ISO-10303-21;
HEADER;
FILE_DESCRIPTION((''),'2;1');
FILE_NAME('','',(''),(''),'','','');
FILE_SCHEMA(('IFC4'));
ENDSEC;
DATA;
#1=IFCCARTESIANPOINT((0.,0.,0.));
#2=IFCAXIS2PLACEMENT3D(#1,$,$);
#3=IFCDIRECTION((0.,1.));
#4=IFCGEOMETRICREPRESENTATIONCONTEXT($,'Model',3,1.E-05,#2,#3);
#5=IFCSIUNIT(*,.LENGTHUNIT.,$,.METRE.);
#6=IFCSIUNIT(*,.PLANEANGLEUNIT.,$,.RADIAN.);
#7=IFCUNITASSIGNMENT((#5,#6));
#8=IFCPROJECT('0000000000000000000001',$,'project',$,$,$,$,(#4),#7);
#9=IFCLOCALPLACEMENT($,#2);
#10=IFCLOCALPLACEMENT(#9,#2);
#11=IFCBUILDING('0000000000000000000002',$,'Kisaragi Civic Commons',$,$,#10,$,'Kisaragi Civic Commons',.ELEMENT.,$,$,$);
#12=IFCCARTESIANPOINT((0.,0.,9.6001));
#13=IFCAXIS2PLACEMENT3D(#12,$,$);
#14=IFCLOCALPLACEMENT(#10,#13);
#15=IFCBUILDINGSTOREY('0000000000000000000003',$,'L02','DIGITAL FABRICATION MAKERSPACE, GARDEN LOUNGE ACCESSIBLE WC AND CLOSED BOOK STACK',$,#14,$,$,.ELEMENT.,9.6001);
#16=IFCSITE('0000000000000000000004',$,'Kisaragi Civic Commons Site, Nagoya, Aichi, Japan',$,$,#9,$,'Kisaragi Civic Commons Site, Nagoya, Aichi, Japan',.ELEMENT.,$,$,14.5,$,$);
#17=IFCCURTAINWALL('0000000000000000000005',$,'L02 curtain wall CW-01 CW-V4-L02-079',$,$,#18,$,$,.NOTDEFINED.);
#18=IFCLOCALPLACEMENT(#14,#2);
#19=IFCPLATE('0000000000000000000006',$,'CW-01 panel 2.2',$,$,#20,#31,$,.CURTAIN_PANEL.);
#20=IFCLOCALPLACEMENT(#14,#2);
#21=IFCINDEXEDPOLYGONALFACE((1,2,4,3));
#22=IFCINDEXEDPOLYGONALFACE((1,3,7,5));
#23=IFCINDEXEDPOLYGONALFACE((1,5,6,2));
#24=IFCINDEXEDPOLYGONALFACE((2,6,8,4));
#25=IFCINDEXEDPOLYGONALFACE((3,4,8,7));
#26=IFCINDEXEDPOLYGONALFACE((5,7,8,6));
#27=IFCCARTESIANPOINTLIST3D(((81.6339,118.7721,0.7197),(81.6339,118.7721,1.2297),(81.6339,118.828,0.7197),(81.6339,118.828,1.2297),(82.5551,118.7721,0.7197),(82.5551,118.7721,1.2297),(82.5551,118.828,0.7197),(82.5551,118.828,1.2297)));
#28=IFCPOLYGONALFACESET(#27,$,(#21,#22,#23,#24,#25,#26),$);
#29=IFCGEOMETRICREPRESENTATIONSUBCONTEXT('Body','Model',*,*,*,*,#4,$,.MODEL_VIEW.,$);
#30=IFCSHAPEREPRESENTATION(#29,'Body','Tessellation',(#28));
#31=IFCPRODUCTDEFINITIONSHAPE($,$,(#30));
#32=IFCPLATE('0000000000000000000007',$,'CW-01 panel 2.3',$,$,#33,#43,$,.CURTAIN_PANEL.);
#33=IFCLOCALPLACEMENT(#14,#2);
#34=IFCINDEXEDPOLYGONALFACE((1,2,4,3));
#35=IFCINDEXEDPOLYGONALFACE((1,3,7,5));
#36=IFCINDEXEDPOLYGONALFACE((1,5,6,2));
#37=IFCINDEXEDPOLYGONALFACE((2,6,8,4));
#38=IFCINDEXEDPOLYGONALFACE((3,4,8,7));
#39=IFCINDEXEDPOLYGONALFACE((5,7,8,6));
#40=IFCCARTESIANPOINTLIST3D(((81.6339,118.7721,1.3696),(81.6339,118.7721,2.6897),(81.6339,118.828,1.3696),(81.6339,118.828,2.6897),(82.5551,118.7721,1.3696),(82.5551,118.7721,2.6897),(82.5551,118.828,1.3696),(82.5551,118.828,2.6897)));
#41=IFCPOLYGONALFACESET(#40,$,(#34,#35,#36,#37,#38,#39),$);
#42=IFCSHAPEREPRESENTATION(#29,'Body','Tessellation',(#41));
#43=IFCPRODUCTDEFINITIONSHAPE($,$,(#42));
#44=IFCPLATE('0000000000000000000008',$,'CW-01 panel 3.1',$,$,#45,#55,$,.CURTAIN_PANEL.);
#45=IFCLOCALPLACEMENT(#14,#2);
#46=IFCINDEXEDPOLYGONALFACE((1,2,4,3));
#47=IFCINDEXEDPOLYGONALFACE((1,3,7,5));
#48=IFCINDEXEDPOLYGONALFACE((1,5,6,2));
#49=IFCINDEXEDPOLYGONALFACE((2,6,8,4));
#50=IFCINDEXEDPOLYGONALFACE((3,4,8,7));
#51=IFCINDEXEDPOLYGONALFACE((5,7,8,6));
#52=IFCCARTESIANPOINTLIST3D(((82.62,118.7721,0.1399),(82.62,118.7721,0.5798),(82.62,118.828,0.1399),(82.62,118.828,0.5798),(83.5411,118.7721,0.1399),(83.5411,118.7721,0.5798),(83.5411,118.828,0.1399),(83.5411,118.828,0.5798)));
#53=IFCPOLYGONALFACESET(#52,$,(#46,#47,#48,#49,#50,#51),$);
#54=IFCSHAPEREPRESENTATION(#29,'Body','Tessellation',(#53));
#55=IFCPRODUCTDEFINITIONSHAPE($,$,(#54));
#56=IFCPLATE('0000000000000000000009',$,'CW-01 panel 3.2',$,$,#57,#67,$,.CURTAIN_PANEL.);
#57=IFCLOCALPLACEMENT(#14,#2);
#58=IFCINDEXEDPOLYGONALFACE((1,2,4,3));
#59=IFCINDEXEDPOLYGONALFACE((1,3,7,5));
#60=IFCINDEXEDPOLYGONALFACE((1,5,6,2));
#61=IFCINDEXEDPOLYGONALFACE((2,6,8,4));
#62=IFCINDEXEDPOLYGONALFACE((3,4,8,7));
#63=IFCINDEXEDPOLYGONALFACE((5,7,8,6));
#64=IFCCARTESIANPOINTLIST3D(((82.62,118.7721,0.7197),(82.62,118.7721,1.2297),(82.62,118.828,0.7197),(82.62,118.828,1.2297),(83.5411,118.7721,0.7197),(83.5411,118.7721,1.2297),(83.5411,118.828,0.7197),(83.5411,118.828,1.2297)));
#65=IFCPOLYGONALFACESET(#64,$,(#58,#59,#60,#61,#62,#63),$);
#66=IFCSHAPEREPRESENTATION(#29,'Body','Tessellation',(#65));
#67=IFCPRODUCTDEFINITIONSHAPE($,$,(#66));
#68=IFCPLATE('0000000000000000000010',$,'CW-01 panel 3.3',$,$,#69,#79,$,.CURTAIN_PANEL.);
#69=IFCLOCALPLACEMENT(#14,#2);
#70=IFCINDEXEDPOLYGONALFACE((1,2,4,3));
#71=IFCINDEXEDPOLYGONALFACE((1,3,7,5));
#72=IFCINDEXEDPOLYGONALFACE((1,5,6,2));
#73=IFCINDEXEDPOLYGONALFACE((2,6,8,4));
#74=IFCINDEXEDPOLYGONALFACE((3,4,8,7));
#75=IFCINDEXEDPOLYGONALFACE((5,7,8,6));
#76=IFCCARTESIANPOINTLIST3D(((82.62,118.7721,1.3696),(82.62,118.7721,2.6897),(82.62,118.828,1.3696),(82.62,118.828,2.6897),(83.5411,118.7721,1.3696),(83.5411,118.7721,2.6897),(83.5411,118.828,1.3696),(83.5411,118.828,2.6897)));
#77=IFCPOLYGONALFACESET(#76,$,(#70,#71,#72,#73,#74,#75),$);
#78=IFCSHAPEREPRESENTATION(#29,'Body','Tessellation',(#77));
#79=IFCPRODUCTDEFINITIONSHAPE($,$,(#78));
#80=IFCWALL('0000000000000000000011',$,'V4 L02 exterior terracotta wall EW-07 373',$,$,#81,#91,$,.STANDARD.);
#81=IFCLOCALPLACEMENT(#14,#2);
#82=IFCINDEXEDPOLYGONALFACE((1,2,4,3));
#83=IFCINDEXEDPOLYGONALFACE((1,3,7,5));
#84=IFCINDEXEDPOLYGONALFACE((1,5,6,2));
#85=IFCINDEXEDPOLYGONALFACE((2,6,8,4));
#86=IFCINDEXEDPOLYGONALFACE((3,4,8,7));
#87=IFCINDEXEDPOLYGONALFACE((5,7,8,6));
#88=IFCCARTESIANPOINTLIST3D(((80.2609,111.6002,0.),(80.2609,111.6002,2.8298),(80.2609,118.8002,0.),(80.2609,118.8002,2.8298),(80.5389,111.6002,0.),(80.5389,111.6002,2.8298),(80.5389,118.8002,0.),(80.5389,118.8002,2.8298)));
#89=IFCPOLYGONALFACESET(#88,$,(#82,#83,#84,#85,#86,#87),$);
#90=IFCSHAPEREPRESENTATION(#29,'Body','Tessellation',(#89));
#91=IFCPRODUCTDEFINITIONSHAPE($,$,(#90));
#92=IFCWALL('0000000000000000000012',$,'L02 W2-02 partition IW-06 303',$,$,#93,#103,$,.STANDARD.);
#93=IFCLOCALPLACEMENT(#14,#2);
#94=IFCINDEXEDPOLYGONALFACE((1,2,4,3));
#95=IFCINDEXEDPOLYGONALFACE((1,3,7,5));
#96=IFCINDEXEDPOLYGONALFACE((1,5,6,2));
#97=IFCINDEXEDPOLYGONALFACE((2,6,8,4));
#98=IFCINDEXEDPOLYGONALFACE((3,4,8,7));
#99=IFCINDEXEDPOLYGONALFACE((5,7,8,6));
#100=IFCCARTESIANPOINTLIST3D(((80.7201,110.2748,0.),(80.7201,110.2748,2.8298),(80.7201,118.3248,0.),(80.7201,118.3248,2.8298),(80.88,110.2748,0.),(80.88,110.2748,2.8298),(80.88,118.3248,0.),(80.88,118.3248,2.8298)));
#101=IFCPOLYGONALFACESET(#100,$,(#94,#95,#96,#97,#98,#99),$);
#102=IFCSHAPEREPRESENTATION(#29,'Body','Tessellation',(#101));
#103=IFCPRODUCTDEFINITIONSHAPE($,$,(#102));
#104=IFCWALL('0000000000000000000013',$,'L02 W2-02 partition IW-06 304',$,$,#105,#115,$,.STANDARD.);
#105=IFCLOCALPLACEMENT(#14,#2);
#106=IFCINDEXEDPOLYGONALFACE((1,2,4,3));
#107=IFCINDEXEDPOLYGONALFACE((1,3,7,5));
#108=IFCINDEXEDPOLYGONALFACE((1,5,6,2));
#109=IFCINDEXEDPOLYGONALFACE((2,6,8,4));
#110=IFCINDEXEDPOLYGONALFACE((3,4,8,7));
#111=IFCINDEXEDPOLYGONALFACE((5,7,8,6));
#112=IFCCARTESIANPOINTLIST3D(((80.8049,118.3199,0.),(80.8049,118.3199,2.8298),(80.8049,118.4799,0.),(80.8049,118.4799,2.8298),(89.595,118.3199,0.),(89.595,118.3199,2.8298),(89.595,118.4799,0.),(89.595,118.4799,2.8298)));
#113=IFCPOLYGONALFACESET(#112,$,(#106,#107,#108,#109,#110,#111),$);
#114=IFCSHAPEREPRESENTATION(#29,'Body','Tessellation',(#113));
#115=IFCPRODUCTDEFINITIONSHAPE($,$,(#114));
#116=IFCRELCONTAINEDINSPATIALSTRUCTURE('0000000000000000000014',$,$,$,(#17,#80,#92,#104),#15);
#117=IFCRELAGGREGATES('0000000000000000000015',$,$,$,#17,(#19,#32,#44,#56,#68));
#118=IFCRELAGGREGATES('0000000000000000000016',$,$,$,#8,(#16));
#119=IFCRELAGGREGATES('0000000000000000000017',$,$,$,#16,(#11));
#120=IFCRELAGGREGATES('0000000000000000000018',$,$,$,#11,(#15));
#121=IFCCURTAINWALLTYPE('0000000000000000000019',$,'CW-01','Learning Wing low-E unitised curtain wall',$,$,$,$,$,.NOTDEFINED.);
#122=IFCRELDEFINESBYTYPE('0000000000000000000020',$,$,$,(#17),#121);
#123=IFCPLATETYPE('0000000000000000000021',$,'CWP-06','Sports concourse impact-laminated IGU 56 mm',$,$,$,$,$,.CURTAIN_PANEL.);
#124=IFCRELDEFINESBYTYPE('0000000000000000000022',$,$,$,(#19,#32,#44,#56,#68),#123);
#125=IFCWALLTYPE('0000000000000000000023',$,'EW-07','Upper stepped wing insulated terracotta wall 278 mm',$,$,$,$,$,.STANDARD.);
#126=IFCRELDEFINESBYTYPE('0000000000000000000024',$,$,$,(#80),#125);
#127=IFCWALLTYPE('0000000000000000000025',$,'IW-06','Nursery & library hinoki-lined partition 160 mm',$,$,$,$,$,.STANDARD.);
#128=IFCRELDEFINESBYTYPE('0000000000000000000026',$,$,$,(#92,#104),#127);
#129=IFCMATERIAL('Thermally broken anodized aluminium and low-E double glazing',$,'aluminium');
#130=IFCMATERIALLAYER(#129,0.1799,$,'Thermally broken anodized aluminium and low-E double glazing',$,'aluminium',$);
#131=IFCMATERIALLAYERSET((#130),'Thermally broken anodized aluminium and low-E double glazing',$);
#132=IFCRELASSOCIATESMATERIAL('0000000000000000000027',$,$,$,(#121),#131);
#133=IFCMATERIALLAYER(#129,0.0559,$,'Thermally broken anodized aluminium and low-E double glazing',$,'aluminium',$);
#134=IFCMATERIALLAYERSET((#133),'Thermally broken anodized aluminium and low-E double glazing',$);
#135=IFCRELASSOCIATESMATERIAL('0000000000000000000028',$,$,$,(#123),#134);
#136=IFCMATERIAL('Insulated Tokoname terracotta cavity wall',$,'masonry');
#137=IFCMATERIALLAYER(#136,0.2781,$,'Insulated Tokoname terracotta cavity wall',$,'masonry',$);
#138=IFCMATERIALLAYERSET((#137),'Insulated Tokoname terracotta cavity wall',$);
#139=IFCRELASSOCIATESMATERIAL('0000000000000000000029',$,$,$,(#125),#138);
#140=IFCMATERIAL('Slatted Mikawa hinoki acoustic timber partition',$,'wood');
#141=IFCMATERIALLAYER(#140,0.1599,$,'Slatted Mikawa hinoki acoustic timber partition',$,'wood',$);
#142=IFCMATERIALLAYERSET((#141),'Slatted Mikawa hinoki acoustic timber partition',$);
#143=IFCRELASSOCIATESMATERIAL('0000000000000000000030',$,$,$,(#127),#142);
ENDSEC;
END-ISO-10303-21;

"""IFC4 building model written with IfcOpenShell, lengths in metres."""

from ifc_helpers import new_model, si_unit, direction, frame, frame_2d, origin, origin_2d, place, context, subcontext, project, spatial, rectangle, extrude, material, layer, layer_set, type_object, element, aggregate, save


model = new_model("IFC4")

# Units and contexts
model_context = context("Model", 3, precision=1e-05, world=origin(), true_north=direction((0.0, 1.0)))
body_context = subcontext(model_context, "Body", "Model", "MODEL_VIEW")
ifc_project = project(units=[si_unit("LENGTHUNIT", "METRE"), si_unit("PLANEANGLEUNIT", "RADIAN")], contexts=[model_context])

# Site, building, storey
site_placement = place(None, origin())
site = spatial("IfcSite", under=ifc_project, at=site_placement, Name="Kisaragi Civic Commons Site, Nagoya, Aichi, Japan", LongName="Kisaragi Civic Commons Site, Nagoya, Aichi, Japan", CompositionType="ELEMENT", RefElevation=14.5)
building_placement = place(site_placement, origin())
building = spatial("IfcBuilding", under=site, at=building_placement, Name="Kisaragi Civic Commons", LongName="Kisaragi Civic Commons", CompositionType="ELEMENT")
storey_placement = place(building_placement, frame((0.0, 0.0, 9.6001)))
storey = spatial("IfcBuildingStorey", under=building, at=storey_placement, Name="L02", Description="DIGITAL FABRICATION MAKERSPACE, GARDEN LOUNGE ACCESSIBLE WC AND CLOSED BOOK STACK", CompositionType="ELEMENT", Elevation=9.6001)

# Curtain wall, plates
ifc_material_1 = material(Name="Thermally broken anodized aluminium and low-E double glazing", Category="aluminium")
ifc_layer_1 = layer(ifc_material_1, 0.1799, Name="Thermally broken anodized aluminium and low-E double glazing", Category="aluminium")
ifc_layer_set_1 = layer_set([ifc_layer_1], Name="Thermally broken anodized aluminium and low-E double glazing")
curtain_wall_type = type_object("IfcCurtainWallType", Name="CW-01", Description="Learning Wing low-E unitised curtain wall", PredefinedType="NOTDEFINED", material=ifc_layer_set_1)
curtain_wall_placement = place(storey_placement, origin())
curtain_wall = element("IfcCurtainWall", 1, at=curtain_wall_placement, inside=storey, type_object=curtain_wall_type, Name="L02 curtain wall CW-01 CW-V4-L02-079", PredefinedType="NOTDEFINED")
ifc_layer_2 = layer(ifc_material_1, 0.0559, Name="Thermally broken anodized aluminium and low-E double glazing", Category="aluminium")
ifc_layer_set_2 = layer_set([ifc_layer_2], Name="Thermally broken anodized aluminium and low-E double glazing")
plate_type = type_object("IfcPlateType", Name="CWP-06", Description="Sports concourse impact-laminated IGU 56 mm", PredefinedType="CURTAIN_PANEL", material=ifc_layer_set_2)
plate_1_placement = place(storey_placement, frame((82.0945, 118.8, 0.7197), z_axis=(0.0, 0.0, 1.0), x_axis=(1.0, 0.0, 0.0)))
plate_1 = element("IfcPlate", 2, at=plate_1_placement, type_object=plate_type, Name="CW-01 panel 2.2", PredefinedType="CURTAIN_PANEL", context=body_context, shape_type="SweptSolid", body=[
    extrude(rectangle(XDim=0.9211, YDim=0.0559, at=origin_2d()), origin(), (0.0, 0.0, 1.0), 0.51),
])
plate_2_placement = place(storey_placement, frame((82.0945, 118.8, 1.3696), z_axis=(0.0, 0.0, 1.0), x_axis=(1.0, 0.0, 0.0)))
plate_2 = element("IfcPlate", 3, at=plate_2_placement, type_object=plate_type, Name="CW-01 panel 2.3", PredefinedType="CURTAIN_PANEL", context=body_context, shape_type="SweptSolid", body=[
    extrude(rectangle(XDim=0.9211, YDim=0.0559, at=origin_2d()), origin(), (0.0, 0.0, 1.0), 1.3201),
])
plate_3_placement = place(storey_placement, frame((83.0806, 118.8, 0.1399), z_axis=(0.0, 0.0, 1.0), x_axis=(1.0, 0.0, 0.0)))
plate_3 = element("IfcPlate", 4, at=plate_3_placement, type_object=plate_type, Name="CW-01 panel 3.1", PredefinedType="CURTAIN_PANEL", context=body_context, shape_type="SweptSolid", body=[
    extrude(rectangle(XDim=0.9211, YDim=0.0559, at=origin_2d()), origin(), (0.0, 0.0, 1.0), 0.4399),
])
plate_4_placement = place(storey_placement, frame((83.0806, 118.8, 0.7197), z_axis=(0.0, 0.0, 1.0), x_axis=(1.0, 0.0, 0.0)))
plate_4 = element("IfcPlate", 5, at=plate_4_placement, type_object=plate_type, Name="CW-01 panel 3.2", PredefinedType="CURTAIN_PANEL", context=body_context, shape_type="SweptSolid", body=[
    extrude(rectangle(XDim=0.9211, YDim=0.0559, at=origin_2d()), origin(), (0.0, 0.0, 1.0), 0.51),
])
plate_5_placement = place(storey_placement, frame((83.0806, 118.8, 1.3696), z_axis=(0.0, 0.0, 1.0), x_axis=(1.0, 0.0, 0.0)))
plate_5 = element("IfcPlate", 6, at=plate_5_placement, type_object=plate_type, Name="CW-01 panel 3.3", PredefinedType="CURTAIN_PANEL", context=body_context, shape_type="SweptSolid", body=[
    extrude(rectangle(XDim=0.9211, YDim=0.0559, at=origin_2d()), origin(), (0.0, 0.0, 1.0), 1.3201),
])
aggregate(curtain_wall, [plate_1, plate_2, plate_3, plate_4, plate_5])

# Walls
ifc_material_2 = material(Name="Insulated Tokoname terracotta cavity wall", Category="masonry")
ifc_layer_3 = layer(ifc_material_2, 0.2781, Name="Insulated Tokoname terracotta cavity wall", Category="masonry")
ifc_layer_set_3 = layer_set([ifc_layer_3], Name="Insulated Tokoname terracotta cavity wall")
wall_type_1 = type_object("IfcWallType", Name="EW-07", Description="Upper stepped wing insulated terracotta wall 278 mm", PredefinedType="STANDARD", material=ifc_layer_set_3)
wall_1_placement = place(storey_placement, frame((80.3999, 111.6001, 0.0), z_axis=(0.0, 0.0, 1.0), x_axis=(0.0, 1.0, 0.0)))
element("IfcWall", 7, at=wall_1_placement, inside=storey, type_object=wall_type_1, Name="V4 L02 exterior terracotta wall EW-07 373", PredefinedType="STANDARD", context=body_context, shape_type="SweptSolid", body=[
    extrude(rectangle(XDim=7.2, YDim=0.2781, at=frame_2d((3.6001, 0.0))), origin(), (0.0, 0.0, 1.0), 2.8298),
])
ifc_material_3 = material(Name="Slatted Mikawa hinoki acoustic timber partition", Category="wood")
ifc_layer_4 = layer(ifc_material_3, 0.1599, Name="Slatted Mikawa hinoki acoustic timber partition", Category="wood")
ifc_layer_set_4 = layer_set([ifc_layer_4], Name="Slatted Mikawa hinoki acoustic timber partition")
wall_type_2 = type_object("IfcWallType", Name="IW-06", Description="Nursery & library hinoki-lined partition 160 mm", PredefinedType="STANDARD", material=ifc_layer_set_4)
wall_2_placement = place(storey_placement, frame((80.8, 110.2749, 0.0), z_axis=(0.0, 0.0, 1.0), x_axis=(0.0, 1.0, 0.0)))
element("IfcWall", 8, at=wall_2_placement, inside=storey, type_object=wall_type_2, Name="L02 W2-02 partition IW-06 303", PredefinedType="STANDARD", context=body_context, shape_type="SweptSolid", body=[
    extrude(rectangle(XDim=8.05, YDim=0.1599, at=frame_2d((4.0249, 0.0))), origin(), (0.0, 0.0, 1.0), 2.8298),
])
wall_3_placement = place(storey_placement, frame((80.8049, 118.3999, 0.0), z_axis=(0.0, 0.0, 1.0), x_axis=(1.0, 0.0, 0.0)))
element("IfcWall", 9, at=wall_3_placement, inside=storey, type_object=wall_type_2, Name="L02 W2-02 partition IW-06 304", PredefinedType="STANDARD", context=body_context, shape_type="SweptSolid", body=[
    extrude(rectangle(XDim=8.79, YDim=0.1599, at=frame_2d((4.395, 0.0))), origin(), (0.0, 0.0, 1.0), 2.8298),
])

save(model, "model.ifc")
